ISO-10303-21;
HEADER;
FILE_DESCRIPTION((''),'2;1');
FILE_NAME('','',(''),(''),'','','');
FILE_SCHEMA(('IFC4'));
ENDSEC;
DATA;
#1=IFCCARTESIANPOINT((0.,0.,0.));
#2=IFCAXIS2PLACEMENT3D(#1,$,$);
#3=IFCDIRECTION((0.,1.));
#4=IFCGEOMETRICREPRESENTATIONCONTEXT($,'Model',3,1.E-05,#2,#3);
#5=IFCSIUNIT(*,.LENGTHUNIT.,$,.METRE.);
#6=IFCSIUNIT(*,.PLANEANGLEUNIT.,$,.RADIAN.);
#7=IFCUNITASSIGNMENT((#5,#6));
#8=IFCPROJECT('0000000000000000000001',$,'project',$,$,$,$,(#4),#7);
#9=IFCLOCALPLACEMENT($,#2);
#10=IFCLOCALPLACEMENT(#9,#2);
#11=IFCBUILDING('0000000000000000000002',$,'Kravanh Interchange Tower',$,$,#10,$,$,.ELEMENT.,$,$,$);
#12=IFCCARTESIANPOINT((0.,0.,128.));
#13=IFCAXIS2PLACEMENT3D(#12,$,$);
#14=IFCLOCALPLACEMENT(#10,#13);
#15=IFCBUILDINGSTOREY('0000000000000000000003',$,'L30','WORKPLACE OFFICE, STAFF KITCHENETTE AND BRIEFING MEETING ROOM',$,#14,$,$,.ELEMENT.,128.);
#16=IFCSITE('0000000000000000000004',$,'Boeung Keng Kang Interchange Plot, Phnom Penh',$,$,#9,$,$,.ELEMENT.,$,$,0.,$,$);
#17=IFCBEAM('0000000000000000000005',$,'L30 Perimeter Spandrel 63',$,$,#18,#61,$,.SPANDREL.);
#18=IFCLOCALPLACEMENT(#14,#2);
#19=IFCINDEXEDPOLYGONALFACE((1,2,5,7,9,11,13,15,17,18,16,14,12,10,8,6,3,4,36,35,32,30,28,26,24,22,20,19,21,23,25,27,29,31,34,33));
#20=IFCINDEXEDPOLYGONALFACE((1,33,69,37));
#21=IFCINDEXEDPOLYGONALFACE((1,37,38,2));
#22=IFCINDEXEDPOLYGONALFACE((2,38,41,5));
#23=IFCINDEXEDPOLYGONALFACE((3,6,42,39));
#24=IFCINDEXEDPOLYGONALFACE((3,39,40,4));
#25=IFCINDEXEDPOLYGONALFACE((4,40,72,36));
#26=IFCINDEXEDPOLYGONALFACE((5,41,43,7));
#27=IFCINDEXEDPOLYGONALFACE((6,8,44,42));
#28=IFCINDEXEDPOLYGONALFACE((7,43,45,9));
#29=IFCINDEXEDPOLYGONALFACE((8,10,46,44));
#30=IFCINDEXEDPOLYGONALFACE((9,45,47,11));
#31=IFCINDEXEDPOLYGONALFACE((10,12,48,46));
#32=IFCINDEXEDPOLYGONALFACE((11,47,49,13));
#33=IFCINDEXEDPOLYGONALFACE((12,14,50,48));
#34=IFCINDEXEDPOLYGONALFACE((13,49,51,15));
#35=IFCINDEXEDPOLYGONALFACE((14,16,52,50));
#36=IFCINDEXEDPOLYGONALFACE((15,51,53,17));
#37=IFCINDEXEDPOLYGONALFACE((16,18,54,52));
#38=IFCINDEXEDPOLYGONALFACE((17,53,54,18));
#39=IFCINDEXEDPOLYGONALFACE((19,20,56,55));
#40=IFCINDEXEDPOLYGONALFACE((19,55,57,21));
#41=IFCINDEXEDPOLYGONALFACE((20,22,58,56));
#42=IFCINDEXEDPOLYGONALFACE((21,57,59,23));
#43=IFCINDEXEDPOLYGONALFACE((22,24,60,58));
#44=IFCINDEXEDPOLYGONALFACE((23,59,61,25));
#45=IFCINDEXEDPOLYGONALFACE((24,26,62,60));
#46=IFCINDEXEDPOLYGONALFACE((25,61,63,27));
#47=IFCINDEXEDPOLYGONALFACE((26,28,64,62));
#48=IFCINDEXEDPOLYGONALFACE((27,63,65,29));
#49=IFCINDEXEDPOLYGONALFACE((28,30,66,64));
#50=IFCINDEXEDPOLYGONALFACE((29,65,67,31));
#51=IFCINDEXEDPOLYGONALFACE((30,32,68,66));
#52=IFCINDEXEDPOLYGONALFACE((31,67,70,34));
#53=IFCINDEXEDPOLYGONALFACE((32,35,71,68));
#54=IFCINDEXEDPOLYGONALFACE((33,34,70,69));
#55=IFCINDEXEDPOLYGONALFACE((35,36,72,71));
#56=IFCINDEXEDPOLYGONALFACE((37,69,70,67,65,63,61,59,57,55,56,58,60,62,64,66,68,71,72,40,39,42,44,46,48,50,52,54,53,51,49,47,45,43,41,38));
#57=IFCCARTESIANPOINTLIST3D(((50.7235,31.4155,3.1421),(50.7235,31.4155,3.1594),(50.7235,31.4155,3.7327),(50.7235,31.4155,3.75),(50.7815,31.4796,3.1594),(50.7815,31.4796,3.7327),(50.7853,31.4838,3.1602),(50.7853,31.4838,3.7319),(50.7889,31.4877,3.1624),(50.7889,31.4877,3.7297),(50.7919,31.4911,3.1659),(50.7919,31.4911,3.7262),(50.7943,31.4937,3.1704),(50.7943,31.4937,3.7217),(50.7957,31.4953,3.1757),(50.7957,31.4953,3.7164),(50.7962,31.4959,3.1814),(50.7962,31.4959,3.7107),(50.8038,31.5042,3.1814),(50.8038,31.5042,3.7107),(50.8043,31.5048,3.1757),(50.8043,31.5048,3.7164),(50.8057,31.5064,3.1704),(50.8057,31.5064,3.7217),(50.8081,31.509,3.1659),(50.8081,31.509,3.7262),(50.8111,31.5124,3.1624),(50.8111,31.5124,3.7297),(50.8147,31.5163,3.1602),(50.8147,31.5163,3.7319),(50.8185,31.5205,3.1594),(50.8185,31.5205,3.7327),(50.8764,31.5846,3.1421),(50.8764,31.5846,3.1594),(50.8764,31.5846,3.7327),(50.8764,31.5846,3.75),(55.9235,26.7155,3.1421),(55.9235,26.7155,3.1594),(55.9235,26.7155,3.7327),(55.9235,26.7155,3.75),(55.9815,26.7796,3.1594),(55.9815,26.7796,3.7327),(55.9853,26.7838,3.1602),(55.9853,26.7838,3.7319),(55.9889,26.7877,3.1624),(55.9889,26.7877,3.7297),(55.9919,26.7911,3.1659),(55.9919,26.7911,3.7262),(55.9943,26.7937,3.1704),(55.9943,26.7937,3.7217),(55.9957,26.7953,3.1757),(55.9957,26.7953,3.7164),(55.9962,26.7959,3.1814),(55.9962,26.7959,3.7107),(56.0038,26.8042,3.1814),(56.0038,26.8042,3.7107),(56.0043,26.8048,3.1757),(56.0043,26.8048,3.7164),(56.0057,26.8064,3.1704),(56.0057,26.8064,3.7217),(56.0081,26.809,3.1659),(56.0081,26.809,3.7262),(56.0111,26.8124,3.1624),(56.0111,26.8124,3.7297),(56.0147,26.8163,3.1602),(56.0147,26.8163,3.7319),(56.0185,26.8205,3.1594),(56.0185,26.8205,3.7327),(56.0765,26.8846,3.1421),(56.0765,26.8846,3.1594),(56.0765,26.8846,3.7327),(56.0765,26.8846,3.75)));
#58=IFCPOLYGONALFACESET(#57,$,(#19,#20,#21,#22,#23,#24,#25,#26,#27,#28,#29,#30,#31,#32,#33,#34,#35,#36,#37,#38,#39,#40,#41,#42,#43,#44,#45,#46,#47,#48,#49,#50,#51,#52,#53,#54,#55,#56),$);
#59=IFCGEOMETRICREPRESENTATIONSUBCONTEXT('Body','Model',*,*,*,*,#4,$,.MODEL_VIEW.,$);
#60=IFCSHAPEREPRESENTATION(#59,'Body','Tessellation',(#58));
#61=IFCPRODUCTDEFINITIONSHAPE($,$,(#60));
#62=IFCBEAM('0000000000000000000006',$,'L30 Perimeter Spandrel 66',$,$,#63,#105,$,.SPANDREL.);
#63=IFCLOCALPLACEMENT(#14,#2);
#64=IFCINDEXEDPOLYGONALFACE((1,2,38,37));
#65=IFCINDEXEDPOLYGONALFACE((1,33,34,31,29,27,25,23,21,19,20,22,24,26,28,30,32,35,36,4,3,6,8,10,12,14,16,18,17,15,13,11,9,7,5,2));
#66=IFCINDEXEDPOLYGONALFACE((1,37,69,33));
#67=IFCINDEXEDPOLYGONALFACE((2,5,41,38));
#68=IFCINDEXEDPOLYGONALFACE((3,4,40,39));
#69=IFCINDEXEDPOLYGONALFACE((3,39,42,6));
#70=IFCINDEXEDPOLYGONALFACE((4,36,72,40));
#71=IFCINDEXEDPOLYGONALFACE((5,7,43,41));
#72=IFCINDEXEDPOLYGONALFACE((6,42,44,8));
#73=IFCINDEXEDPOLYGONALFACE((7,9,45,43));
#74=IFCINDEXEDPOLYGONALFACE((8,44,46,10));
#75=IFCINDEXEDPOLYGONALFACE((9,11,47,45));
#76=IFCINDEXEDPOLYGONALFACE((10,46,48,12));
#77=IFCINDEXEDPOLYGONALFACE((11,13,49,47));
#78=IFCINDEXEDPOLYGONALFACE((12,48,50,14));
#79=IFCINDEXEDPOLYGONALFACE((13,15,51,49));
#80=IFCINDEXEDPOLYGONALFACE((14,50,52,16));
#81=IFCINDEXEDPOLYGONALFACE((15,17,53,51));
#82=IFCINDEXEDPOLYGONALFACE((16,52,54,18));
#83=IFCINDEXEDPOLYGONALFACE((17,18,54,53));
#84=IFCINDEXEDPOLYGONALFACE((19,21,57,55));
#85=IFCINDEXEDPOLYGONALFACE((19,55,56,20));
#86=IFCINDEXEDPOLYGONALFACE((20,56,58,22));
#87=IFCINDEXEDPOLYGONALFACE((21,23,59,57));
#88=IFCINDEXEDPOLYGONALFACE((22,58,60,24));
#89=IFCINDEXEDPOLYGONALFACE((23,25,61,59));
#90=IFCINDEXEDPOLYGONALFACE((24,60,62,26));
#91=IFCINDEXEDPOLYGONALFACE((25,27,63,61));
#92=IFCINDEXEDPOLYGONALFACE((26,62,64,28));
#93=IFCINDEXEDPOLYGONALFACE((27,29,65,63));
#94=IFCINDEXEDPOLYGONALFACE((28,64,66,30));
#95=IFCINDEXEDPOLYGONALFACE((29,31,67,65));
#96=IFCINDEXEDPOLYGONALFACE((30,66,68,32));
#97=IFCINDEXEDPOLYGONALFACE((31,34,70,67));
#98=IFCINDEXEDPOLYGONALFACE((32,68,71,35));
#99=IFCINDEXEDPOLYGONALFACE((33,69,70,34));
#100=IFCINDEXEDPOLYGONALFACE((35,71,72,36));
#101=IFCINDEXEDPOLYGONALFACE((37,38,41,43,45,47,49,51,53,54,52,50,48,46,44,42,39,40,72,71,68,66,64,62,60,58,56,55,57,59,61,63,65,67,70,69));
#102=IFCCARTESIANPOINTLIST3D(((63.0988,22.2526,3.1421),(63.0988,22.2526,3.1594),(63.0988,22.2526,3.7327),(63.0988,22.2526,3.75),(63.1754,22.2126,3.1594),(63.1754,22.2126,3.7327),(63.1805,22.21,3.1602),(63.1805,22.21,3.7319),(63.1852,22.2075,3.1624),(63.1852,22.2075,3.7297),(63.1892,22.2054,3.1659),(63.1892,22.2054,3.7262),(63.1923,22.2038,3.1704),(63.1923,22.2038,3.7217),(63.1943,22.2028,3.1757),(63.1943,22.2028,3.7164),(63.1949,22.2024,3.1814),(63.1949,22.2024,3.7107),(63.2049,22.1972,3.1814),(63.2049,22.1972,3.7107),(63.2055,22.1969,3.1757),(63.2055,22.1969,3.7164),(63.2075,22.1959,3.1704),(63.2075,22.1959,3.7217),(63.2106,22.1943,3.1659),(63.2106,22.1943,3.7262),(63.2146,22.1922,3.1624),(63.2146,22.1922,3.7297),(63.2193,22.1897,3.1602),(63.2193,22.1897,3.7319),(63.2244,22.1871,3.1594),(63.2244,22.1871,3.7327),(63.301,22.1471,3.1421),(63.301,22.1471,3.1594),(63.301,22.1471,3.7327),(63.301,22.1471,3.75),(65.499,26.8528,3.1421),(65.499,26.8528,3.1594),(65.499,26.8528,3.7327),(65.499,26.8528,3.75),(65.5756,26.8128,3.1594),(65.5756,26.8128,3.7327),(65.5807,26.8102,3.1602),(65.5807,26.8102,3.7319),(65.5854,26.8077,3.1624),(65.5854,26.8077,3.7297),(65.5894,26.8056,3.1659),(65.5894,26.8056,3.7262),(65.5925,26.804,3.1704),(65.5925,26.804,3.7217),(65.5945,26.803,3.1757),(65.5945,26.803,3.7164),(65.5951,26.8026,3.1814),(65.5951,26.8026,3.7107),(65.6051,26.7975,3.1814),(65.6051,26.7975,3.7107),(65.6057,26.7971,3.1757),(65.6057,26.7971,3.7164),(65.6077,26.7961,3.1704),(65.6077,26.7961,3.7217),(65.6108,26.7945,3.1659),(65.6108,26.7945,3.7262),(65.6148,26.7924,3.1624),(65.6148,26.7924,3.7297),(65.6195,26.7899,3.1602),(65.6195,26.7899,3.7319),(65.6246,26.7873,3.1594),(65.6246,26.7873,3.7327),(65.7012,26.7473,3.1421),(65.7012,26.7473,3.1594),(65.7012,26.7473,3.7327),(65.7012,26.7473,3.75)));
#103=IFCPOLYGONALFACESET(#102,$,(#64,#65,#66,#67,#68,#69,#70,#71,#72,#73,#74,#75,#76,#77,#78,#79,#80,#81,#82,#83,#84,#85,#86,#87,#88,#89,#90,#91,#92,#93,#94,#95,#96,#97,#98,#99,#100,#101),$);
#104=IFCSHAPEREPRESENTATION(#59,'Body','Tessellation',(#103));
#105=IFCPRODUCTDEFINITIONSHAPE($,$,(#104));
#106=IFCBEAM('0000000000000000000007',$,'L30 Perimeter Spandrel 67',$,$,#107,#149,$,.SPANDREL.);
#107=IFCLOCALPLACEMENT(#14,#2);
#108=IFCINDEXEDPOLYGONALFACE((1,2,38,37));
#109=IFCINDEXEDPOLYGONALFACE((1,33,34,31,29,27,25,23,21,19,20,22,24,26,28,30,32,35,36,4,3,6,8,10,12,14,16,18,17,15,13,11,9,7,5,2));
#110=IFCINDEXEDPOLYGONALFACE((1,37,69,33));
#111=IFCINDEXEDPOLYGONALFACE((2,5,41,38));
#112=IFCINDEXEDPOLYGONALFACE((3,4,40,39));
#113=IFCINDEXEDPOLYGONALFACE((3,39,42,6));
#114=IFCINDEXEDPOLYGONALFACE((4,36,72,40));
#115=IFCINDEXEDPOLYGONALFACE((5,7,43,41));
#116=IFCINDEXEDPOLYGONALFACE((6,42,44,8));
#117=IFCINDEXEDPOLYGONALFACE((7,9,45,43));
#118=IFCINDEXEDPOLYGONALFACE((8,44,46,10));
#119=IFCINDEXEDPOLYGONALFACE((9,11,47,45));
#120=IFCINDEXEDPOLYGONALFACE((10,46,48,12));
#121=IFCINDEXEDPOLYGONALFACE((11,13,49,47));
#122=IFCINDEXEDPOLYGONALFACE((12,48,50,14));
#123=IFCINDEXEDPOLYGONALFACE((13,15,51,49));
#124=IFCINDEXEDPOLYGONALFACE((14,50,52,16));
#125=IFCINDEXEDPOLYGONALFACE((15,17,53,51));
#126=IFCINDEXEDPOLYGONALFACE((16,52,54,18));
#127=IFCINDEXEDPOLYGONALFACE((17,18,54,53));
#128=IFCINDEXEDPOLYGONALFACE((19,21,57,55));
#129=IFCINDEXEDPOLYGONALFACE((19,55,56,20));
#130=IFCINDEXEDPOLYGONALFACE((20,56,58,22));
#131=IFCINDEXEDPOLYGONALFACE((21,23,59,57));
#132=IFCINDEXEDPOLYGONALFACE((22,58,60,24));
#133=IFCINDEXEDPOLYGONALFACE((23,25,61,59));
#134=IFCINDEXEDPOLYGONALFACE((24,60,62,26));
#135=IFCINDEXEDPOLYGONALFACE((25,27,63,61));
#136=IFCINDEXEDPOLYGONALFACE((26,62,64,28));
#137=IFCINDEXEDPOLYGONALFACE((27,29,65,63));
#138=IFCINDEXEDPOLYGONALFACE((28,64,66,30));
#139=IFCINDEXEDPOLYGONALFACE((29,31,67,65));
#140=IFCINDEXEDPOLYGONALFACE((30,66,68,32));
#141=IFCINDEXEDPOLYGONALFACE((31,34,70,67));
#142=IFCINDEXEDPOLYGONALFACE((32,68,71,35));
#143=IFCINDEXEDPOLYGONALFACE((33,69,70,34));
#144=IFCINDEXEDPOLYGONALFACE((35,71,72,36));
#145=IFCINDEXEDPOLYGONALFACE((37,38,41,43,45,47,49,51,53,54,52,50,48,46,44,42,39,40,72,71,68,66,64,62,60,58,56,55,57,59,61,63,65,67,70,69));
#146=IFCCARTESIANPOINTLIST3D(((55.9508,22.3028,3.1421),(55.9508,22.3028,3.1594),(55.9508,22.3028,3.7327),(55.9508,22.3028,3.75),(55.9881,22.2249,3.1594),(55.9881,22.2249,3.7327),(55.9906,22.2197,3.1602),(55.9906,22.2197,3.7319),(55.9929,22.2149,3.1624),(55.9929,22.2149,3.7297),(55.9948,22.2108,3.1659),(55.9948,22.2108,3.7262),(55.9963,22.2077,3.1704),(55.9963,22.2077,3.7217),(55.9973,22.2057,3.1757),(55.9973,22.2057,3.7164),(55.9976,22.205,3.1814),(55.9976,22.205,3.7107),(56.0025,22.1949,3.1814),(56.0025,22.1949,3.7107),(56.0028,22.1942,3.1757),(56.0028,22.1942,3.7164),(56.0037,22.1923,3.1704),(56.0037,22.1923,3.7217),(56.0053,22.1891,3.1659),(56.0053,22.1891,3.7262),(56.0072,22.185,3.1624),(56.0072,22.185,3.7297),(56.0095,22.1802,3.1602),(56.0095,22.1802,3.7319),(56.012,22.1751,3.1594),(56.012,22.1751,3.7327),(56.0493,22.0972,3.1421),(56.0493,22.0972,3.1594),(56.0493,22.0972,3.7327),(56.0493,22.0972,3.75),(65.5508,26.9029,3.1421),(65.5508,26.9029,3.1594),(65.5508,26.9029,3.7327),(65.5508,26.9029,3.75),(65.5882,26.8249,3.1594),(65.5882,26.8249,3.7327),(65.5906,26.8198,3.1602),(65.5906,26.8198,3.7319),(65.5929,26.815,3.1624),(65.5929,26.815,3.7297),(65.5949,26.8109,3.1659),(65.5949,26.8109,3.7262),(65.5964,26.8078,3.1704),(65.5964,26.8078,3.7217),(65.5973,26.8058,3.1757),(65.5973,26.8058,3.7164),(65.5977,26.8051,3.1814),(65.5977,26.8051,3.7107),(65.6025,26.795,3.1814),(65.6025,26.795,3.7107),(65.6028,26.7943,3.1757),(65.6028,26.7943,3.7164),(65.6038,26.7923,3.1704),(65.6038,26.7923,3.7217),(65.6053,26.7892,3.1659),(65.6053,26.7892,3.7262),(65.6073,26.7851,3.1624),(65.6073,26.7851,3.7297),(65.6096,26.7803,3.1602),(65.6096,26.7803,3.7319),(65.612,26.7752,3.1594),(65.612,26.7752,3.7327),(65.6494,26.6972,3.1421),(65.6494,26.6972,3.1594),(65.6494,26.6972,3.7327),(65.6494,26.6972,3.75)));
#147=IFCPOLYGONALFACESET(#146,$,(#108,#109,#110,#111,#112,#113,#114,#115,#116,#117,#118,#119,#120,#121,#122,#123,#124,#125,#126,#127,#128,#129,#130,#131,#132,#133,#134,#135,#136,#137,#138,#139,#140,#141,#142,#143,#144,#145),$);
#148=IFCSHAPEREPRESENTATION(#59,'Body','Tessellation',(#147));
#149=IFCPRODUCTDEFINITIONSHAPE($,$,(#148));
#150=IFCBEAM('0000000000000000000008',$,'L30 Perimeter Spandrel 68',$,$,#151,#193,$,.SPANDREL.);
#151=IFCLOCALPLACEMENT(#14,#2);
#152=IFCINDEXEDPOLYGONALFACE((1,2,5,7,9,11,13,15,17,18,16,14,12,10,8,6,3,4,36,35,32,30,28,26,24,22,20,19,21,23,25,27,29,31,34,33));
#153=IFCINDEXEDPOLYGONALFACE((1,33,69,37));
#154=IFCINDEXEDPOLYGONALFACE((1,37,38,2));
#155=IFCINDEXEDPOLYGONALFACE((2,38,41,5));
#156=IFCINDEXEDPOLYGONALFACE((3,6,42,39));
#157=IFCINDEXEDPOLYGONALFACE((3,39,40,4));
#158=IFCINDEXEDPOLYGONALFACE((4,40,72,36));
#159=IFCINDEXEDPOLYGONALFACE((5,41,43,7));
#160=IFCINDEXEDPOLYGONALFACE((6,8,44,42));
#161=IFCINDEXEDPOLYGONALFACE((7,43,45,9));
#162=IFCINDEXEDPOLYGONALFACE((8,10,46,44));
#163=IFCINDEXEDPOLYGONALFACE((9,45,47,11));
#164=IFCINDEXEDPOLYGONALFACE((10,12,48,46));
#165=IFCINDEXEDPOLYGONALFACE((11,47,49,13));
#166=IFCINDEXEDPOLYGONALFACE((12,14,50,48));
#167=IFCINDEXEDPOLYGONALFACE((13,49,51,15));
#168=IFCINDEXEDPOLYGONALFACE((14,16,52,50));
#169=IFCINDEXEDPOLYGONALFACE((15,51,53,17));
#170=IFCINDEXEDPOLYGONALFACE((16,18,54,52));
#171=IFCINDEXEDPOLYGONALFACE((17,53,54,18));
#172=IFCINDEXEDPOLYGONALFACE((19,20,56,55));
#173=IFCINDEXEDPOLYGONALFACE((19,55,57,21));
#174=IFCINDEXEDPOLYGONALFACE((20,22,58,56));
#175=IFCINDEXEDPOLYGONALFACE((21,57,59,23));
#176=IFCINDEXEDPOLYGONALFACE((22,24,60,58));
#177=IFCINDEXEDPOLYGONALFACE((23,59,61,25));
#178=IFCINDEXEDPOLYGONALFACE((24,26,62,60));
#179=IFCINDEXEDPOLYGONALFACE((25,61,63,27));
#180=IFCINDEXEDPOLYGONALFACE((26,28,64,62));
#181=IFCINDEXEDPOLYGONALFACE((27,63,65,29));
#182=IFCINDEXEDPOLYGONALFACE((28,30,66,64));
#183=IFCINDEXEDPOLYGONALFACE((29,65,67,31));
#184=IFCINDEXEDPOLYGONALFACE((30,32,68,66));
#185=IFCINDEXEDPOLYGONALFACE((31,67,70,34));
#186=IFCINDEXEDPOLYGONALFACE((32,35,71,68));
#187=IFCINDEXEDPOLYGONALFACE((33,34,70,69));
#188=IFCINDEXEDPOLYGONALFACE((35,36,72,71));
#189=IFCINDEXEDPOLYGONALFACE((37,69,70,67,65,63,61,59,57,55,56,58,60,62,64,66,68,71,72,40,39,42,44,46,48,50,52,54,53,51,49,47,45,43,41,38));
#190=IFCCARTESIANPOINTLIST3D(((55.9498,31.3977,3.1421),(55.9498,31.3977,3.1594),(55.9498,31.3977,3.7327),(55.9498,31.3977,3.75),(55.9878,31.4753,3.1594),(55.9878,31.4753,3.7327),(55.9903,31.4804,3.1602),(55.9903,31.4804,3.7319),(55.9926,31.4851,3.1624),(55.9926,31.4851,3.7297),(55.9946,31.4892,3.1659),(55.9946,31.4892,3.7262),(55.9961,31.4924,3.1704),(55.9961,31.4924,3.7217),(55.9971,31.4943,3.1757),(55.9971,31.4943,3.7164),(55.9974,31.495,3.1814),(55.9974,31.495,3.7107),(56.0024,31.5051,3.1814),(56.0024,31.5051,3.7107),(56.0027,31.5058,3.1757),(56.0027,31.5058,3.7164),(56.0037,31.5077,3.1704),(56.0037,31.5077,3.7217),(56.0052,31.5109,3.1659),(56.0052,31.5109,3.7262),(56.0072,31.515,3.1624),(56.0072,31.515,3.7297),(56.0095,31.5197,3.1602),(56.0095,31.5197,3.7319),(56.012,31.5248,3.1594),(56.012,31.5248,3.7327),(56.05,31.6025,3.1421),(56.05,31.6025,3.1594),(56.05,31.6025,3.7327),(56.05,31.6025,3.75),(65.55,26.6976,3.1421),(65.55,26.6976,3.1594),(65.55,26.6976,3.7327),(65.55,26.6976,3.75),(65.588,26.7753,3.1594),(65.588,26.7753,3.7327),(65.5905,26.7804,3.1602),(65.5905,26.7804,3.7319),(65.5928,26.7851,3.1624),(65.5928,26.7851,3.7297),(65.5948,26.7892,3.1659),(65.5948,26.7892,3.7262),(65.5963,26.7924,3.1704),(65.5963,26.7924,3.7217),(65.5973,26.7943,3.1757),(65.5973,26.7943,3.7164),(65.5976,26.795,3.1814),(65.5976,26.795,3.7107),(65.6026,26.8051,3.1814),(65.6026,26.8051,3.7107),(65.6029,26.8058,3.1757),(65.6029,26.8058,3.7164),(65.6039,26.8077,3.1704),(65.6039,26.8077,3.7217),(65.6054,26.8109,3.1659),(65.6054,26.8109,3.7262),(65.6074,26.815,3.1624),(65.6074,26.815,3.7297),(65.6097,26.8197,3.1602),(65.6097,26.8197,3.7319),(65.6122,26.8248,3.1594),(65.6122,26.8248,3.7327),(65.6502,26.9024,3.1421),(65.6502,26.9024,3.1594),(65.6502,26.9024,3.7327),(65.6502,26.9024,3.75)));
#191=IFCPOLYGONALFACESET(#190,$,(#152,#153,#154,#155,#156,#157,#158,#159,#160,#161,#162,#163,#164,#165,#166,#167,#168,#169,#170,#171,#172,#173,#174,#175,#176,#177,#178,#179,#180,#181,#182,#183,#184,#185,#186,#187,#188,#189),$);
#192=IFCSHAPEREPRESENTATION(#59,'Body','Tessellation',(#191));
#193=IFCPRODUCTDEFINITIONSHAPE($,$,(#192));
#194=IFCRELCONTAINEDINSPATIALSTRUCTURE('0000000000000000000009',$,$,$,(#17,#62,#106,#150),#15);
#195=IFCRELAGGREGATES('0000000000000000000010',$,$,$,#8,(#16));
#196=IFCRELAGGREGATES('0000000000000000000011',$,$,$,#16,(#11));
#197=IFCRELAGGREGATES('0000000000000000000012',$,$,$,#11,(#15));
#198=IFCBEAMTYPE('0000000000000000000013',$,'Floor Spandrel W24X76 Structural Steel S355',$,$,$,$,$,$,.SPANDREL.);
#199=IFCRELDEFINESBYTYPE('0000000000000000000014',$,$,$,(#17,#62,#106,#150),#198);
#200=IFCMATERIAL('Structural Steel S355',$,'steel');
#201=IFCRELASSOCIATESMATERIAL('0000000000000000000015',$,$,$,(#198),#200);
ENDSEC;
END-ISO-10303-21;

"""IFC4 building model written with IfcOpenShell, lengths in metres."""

from ifc_helpers import new_model, si_unit, direction, frame, origin, origin_2d, place, context, subcontext, project, spatial, i_section, extrude, material, material_profile, profile_set, type_object, element, save


model = new_model("IFC4")

# Units and contexts
model_context = context("Model", 3, precision=1e-05, world=origin(), true_north=direction((0.0, 1.0)))
body_context = subcontext(model_context, "Body", "Model", "MODEL_VIEW")
ifc_project = project(units=[si_unit("LENGTHUNIT", "METRE"), si_unit("PLANEANGLEUNIT", "RADIAN")], contexts=[model_context])

# Site, building, storey
site_placement = place(None, origin())
site = spatial("IfcSite", under=ifc_project, at=site_placement, Name="Boeung Keng Kang Interchange Plot, Phnom Penh", CompositionType="ELEMENT", RefElevation=0.0)
building_placement = place(site_placement, origin())
building = spatial("IfcBuilding", under=site, at=building_placement, Name="Kravanh Interchange Tower", CompositionType="ELEMENT")
storey_placement = place(building_placement, frame((0.0, 0.0, 128.0)))
storey = spatial("IfcBuildingStorey", under=building, at=storey_placement, Name="L30", Description="WORKPLACE OFFICE, STAFF KITCHENETTE AND BRIEFING MEETING ROOM", CompositionType="ELEMENT", Elevation=128.0)

# Beams
ifc_material_1 = material(Name="Structural Steel S355", Category="steel")
ifc_material_profile_1 = material_profile(ifc_material_1, i_section(OverallWidth=0.228, OverallDepth=0.6079, WebThickness=0.0112, FlangeThickness=0.0173, FilletRadius=0.022, at=origin_2d()), Name="W24X76")
ifc_profile_set_1 = profile_set([ifc_material_profile_1], Name="Structural Steel S355")
beam_type_1 = type_object("IfcBeamType", Name="Floor Spandrel W24X76 Structural Steel S355", PredefinedType="SPANDREL", material=ifc_profile_set_1)
beam_1_placement = place(storey_placement, frame((56.0, 26.8, 3.446), z_axis=(-0.741874, 0.670539, 0.0), x_axis=(-0.670539, -0.741874, 0.0)))
element("IfcBeam", 1, at=beam_1_placement, inside=storey, type_object=beam_type_1, Name="L30 Perimeter Spandrel 63", PredefinedType="SPANDREL", context=body_context, shape_type="SweptSolid", body=[
    extrude(i_section(OverallWidth=0.228, OverallDepth=0.6079, WebThickness=0.0112, FlangeThickness=0.0173, FilletRadius=0.022, at=origin_2d()), origin(), (0.0, 0.0, 1.0), 7.0093),
])
beam_2_placement = place(storey_placement, frame((65.6001, 26.8, 3.446), z_axis=(-0.46258, -0.886577, 0.0), x_axis=(0.886577, -0.46258, 0.0)))
element("IfcBeam", 2, at=beam_2_placement, inside=storey, type_object=beam_type_1, Name="L30 Perimeter Spandrel 66", PredefinedType="SPANDREL", context=body_context, shape_type="SweptSolid", body=[
    extrude(i_section(OverallWidth=0.228, OverallDepth=0.6079, WebThickness=0.0112, FlangeThickness=0.0173, FilletRadius=0.022, at=origin_2d()), origin(), (0.0, 0.0, 1.0), 5.1887),
])
beam_3_placement = place(storey_placement, frame((65.6001, 26.8, 3.446), z_axis=(-0.901814, -0.432124, 0.0), x_axis=(0.432124, -0.901814, 0.0)))
element("IfcBeam", 3, at=beam_3_placement, inside=storey, type_object=beam_type_1, Name="L30 Perimeter Spandrel 67", PredefinedType="SPANDREL", context=body_context, shape_type="SweptSolid", body=[
    extrude(i_section(OverallWidth=0.228, OverallDepth=0.6079, WebThickness=0.0112, FlangeThickness=0.0173, FilletRadius=0.022, at=origin_2d()), origin(), (0.0, 0.0, 1.0), 10.6453),
])
beam_4_placement = place(storey_placement, frame((65.6001, 26.8, 3.446), z_axis=(-0.898142, 0.439706, 0.0), x_axis=(-0.439706, -0.898142, 0.0)))
element("IfcBeam", 4, at=beam_4_placement, inside=storey, type_object=beam_type_1, Name="L30 Perimeter Spandrel 68", PredefinedType="SPANDREL", context=body_context, shape_type="SweptSolid", body=[
    extrude(i_section(OverallWidth=0.228, OverallDepth=0.6079, WebThickness=0.0112, FlangeThickness=0.0173, FilletRadius=0.022, at=origin_2d()), origin(), (0.0, 0.0, 1.0), 10.689),
])

save(model, "model.ifc")
